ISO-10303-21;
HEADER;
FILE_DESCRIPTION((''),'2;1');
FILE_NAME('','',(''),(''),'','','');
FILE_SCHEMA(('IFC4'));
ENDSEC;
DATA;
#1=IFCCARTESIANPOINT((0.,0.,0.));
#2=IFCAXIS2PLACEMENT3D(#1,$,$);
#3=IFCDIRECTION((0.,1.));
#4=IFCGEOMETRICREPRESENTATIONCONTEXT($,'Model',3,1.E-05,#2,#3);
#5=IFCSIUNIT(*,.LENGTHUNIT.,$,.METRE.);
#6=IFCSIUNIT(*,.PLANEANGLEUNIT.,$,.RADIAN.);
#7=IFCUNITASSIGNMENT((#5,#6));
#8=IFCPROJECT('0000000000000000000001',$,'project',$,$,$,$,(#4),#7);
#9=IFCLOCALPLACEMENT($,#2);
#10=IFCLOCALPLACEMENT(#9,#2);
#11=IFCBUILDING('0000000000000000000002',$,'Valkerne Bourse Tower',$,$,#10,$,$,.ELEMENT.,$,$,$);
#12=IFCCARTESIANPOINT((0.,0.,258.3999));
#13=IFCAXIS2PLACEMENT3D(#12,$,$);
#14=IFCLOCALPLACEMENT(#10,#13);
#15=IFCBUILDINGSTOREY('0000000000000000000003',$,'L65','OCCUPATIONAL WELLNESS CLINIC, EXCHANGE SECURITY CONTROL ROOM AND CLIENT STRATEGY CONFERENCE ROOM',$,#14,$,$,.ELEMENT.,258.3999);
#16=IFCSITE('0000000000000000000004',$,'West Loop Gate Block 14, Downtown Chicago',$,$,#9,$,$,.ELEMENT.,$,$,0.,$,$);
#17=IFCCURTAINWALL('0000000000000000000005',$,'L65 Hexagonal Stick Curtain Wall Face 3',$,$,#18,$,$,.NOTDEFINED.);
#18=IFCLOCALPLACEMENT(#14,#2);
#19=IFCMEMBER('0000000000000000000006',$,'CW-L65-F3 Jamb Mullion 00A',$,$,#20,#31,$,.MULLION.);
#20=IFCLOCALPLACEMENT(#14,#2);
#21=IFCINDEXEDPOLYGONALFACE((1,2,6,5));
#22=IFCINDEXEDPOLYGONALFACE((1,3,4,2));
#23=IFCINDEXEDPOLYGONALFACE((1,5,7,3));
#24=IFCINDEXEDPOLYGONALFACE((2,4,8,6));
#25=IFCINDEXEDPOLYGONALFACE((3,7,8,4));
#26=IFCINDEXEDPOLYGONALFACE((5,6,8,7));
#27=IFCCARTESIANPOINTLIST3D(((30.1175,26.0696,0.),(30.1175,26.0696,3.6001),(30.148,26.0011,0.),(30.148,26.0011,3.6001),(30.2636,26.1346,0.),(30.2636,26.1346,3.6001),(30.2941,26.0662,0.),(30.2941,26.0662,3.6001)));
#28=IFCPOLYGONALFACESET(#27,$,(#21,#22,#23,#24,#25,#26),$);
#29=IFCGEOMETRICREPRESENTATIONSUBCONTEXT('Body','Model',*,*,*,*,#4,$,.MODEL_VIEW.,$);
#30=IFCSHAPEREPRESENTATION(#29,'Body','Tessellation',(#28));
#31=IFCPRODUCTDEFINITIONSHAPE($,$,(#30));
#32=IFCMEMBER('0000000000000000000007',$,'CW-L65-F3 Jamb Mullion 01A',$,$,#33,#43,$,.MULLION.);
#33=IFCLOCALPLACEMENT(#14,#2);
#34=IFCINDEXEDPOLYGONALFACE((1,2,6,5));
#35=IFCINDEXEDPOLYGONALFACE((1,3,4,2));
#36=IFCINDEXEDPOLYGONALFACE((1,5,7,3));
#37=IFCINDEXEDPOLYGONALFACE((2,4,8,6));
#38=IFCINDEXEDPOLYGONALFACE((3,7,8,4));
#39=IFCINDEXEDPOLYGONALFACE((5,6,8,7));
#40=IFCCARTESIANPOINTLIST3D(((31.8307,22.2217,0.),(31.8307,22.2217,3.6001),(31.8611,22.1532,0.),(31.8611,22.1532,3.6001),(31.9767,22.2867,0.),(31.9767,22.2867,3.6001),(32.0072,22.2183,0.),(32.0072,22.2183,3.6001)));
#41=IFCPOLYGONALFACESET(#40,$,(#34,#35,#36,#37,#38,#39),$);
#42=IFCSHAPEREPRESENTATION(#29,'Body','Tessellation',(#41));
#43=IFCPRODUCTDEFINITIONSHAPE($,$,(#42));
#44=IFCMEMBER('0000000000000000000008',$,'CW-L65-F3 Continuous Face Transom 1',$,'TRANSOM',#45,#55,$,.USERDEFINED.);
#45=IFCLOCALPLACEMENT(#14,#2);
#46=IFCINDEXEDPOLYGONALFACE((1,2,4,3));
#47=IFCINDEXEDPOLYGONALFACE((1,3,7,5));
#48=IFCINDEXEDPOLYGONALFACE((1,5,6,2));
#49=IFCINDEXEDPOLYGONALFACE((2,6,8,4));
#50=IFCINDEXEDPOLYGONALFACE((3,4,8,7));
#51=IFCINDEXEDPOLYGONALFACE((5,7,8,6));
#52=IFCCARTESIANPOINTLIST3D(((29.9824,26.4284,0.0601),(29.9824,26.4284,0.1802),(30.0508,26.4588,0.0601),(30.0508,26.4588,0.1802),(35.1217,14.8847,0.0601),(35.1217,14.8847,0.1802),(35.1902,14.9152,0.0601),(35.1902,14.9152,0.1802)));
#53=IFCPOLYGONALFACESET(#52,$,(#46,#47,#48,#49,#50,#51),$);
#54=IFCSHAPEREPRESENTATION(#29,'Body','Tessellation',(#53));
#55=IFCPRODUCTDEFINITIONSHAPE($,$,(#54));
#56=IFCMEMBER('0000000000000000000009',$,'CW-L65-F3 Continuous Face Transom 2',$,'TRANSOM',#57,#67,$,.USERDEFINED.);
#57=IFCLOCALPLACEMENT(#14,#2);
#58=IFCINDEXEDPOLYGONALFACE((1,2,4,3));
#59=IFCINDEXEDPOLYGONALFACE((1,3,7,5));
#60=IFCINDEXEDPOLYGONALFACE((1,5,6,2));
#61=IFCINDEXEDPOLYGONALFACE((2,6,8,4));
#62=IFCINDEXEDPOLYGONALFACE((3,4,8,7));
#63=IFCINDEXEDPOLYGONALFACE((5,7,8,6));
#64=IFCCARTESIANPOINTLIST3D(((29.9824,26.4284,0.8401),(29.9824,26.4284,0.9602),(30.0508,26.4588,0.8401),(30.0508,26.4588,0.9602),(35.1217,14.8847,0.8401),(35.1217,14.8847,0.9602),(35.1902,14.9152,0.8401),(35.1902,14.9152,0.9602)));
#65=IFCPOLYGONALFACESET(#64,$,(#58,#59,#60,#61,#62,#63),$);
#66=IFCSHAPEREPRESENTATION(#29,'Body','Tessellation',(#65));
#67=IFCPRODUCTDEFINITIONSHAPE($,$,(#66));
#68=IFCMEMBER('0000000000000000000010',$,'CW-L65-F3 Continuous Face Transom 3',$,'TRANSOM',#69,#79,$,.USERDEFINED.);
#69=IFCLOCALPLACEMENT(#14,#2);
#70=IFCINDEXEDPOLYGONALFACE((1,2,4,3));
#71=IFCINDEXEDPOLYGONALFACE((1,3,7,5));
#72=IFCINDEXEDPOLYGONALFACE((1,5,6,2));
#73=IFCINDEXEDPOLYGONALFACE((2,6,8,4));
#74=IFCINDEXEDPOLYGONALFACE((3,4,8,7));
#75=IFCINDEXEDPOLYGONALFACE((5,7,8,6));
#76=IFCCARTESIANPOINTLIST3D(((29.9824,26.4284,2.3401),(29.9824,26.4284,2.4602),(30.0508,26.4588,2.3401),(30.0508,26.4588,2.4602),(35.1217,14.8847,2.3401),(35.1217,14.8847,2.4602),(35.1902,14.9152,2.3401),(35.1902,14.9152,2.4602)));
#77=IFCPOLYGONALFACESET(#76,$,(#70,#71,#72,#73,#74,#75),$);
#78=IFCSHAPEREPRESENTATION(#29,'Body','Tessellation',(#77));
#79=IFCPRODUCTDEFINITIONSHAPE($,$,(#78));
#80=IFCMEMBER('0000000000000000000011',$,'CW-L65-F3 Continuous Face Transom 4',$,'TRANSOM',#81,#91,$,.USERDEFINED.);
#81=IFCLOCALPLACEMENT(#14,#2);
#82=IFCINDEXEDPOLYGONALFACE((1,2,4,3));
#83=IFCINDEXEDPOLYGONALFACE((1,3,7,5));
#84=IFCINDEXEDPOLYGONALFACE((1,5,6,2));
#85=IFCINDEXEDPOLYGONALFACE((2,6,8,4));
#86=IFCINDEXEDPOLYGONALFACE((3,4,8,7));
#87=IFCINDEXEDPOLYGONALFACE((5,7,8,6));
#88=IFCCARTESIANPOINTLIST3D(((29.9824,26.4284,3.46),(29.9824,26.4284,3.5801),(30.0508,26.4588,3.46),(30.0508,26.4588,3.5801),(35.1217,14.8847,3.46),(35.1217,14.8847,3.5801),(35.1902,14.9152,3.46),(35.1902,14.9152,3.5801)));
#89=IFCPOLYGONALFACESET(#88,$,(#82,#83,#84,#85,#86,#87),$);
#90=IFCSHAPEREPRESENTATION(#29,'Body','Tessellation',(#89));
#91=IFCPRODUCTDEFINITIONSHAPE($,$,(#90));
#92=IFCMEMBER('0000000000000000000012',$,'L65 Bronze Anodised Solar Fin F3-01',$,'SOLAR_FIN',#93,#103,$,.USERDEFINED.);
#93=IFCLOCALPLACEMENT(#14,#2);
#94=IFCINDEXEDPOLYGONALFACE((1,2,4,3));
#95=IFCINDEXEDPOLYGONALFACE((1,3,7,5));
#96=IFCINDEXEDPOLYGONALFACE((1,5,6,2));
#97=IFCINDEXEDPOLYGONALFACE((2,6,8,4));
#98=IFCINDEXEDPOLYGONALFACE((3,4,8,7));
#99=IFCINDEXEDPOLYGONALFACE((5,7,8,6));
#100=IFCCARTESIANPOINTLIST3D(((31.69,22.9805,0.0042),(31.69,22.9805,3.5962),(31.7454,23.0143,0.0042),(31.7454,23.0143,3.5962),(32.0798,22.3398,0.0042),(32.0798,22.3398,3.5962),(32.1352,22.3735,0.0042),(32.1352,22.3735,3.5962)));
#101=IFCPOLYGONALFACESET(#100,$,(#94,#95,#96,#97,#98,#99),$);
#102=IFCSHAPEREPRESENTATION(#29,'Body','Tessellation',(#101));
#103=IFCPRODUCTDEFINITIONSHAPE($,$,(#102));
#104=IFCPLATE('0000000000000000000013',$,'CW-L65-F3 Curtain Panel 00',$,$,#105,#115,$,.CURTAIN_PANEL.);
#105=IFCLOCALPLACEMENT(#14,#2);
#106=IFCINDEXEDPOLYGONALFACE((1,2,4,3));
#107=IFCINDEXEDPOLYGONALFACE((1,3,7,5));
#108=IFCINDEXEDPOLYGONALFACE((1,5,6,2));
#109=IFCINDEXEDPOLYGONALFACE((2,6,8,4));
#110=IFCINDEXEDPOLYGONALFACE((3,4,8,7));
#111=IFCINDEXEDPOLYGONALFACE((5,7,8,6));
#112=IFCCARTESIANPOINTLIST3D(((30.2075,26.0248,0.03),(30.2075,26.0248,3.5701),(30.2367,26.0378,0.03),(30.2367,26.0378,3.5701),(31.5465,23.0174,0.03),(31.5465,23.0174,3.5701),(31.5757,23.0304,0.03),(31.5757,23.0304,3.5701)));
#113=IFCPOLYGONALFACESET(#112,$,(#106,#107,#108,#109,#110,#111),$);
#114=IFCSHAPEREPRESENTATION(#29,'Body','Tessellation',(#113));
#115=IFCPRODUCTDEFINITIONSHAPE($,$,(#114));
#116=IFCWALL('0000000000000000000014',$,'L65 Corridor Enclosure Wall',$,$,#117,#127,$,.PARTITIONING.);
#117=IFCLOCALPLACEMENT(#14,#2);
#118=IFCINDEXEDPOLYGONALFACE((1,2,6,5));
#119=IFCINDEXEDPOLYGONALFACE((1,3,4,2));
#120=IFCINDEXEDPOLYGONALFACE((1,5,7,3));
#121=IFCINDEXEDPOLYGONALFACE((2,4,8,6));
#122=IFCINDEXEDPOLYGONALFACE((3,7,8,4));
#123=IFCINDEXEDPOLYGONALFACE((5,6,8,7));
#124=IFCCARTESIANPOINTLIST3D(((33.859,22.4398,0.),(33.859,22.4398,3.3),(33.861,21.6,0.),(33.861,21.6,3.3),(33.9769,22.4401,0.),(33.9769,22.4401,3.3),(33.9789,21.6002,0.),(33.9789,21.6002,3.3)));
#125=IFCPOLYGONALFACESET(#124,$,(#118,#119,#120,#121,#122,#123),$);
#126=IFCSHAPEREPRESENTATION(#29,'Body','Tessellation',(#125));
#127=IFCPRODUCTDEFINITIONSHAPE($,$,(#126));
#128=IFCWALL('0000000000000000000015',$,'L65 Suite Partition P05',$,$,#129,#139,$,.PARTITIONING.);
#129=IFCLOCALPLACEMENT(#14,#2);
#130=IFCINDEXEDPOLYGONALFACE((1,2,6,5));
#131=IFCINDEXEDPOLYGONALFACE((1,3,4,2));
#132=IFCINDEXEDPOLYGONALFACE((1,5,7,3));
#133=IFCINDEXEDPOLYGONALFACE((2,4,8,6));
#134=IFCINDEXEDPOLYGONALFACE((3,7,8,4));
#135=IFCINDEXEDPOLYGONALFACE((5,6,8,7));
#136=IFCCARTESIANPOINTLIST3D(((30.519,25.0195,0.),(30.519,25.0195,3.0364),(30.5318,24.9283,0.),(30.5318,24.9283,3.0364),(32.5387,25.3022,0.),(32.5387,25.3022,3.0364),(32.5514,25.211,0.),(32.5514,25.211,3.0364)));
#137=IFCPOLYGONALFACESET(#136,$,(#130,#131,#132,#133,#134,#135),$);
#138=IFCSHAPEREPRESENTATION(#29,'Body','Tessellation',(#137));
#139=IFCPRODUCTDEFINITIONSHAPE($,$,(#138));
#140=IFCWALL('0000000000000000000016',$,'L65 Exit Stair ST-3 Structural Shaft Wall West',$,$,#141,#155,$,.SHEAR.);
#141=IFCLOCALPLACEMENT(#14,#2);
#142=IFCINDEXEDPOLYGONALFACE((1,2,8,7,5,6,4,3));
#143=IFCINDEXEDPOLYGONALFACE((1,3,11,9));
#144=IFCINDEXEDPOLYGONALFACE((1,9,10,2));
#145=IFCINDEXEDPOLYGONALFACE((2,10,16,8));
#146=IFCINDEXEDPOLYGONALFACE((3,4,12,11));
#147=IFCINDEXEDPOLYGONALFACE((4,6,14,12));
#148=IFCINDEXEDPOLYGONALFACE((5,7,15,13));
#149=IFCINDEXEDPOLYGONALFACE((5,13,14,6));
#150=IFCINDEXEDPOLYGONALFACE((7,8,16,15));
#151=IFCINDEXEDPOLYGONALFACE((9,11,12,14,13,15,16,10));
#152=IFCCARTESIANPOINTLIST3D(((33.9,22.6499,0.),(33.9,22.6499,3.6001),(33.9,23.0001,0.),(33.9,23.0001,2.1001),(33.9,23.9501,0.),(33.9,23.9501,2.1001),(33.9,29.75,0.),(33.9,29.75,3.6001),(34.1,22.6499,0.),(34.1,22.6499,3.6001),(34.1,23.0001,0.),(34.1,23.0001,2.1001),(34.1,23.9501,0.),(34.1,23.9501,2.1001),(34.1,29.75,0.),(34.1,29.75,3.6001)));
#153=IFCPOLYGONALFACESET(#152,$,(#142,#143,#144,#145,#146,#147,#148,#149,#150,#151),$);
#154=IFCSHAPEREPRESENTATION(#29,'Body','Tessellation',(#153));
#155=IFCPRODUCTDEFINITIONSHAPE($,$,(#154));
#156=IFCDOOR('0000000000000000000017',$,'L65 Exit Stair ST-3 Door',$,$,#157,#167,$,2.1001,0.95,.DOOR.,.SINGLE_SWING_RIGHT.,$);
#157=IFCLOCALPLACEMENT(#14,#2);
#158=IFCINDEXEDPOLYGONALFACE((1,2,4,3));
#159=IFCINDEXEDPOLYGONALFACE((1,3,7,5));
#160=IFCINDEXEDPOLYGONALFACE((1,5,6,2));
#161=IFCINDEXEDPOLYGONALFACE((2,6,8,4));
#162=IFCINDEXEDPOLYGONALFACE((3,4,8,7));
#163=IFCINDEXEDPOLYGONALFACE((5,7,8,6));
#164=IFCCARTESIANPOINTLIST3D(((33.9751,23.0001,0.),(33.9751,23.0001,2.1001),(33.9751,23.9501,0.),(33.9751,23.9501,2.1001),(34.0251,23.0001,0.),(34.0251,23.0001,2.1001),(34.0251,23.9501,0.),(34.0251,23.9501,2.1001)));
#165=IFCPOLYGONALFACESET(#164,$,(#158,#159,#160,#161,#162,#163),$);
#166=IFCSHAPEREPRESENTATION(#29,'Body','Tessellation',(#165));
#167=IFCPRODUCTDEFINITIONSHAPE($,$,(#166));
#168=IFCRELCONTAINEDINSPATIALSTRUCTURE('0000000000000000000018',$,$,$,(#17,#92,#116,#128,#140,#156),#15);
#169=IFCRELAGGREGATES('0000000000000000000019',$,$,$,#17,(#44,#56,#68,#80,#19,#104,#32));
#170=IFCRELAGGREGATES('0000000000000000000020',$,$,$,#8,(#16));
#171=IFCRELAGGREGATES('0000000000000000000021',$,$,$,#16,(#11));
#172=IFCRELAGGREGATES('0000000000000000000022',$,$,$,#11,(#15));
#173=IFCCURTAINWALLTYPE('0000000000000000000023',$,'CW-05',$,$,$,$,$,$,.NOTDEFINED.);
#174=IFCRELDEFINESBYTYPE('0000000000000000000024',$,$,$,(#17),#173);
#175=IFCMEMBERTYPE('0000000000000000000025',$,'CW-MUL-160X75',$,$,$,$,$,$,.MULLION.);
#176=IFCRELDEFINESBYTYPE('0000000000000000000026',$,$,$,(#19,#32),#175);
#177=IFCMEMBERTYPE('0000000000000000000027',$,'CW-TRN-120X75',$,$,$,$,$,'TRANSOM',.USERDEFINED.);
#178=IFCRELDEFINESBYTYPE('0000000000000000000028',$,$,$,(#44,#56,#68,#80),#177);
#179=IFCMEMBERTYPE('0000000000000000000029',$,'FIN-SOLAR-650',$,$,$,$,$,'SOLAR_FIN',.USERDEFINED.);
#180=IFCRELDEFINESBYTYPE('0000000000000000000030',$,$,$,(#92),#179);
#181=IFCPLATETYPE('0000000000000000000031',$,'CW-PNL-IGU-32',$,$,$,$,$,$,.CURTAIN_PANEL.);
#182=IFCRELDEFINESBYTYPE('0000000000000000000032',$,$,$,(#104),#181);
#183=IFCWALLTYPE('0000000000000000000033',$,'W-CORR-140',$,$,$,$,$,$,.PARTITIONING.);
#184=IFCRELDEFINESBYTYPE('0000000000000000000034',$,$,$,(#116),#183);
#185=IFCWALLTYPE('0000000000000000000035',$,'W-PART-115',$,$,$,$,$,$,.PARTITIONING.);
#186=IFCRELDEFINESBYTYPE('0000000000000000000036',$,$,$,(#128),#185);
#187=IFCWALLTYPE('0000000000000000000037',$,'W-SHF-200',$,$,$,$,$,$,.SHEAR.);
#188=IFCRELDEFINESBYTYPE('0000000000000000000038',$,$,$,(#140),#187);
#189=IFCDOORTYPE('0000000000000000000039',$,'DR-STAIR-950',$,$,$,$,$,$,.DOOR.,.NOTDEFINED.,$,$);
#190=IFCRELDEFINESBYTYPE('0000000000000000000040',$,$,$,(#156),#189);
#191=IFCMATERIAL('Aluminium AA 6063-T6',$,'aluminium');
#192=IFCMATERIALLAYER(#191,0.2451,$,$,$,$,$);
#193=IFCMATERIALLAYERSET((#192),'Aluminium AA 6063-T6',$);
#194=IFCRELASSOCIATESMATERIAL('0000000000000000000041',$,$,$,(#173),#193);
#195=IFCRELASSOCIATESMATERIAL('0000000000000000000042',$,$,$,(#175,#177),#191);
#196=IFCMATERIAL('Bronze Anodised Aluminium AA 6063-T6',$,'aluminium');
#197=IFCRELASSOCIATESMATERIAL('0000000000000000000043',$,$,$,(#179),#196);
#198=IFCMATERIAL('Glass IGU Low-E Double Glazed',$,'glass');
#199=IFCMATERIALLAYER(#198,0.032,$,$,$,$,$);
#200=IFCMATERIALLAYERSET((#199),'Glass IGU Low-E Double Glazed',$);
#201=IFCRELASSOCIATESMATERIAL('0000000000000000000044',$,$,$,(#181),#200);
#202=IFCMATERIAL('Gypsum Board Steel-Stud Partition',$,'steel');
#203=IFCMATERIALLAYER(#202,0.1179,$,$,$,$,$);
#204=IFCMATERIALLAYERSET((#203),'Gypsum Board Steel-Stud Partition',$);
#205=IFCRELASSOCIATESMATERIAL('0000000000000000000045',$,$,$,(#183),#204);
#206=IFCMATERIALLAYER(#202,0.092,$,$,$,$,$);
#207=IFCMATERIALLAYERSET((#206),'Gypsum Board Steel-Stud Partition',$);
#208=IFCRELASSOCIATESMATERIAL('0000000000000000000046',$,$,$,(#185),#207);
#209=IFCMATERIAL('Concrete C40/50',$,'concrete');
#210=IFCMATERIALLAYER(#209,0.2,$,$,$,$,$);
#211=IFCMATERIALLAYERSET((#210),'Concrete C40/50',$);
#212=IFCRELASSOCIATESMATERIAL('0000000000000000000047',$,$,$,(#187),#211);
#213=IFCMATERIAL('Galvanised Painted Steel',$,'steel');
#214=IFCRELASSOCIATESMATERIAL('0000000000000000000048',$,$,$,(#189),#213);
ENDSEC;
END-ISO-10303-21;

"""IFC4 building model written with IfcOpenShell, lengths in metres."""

from ifc_helpers import new_model, si_unit, direction, frame, frame_2d, origin, origin_2d, place, context, subcontext, project, spatial, rectangle, extrude, material, layer, layer_set, material_profile, profile_set, type_object, element, fill, aggregate, save


model = new_model("IFC4")

# Units and contexts
model_context = context("Model", 3, precision=1e-05, world=origin(), true_north=direction((0.0, 1.0)))
body_context = subcontext(model_context, "Body", "Model", "MODEL_VIEW")
ifc_project = project(units=[si_unit("LENGTHUNIT", "METRE"), si_unit("PLANEANGLEUNIT", "RADIAN")], contexts=[model_context])

# Site, building, storey
site_placement = place(None, origin())
site = spatial("IfcSite", under=ifc_project, at=site_placement, Name="West Loop Gate Block 14, Downtown Chicago", CompositionType="ELEMENT", RefElevation=0.0)
building_placement = place(site_placement, origin())
building = spatial("IfcBuilding", under=site, at=building_placement, Name="Valkerne Bourse Tower", CompositionType="ELEMENT")
storey_placement = place(building_placement, frame((0.0, 0.0, 258.3999)))
storey = spatial("IfcBuildingStorey", under=building, at=storey_placement, Name="L65", Description="OCCUPATIONAL WELLNESS CLINIC, EXCHANGE SECURITY CONTROL ROOM AND CLIENT STRATEGY CONFERENCE ROOM", CompositionType="ELEMENT", Elevation=258.3999)

# Curtain wall, members
ifc_material_1 = material(Name="Aluminium AA 6063-T6", Category="aluminium")
ifc_layer_1 = layer(ifc_material_1, 0.2451)
ifc_layer_set_1 = layer_set([ifc_layer_1], Name="Aluminium AA 6063-T6")
curtain_wall_type = type_object("IfcCurtainWallType", Name="CW-05", PredefinedType="NOTDEFINED", material=ifc_layer_set_1)
curtain_wall_placement = place(storey_placement, origin())
curtain_wall = element("IfcCurtainWall", 1, at=curtain_wall_placement, inside=storey, type_object=curtain_wall_type, Name="L65 Hexagonal Stick Curtain Wall Face 3", PredefinedType="NOTDEFINED")
ifc_material_profile_1 = material_profile(ifc_material_1, rectangle(XDim=0.075, YDim=0.1599, at=origin_2d()), Name="CWM-75X160")
ifc_profile_set_1 = profile_set([ifc_material_profile_1], Name="Aluminium AA 6063-T6")
member_type_1 = type_object("IfcMemberType", Name="CW-MUL-160X75", PredefinedType="MULLION", material=ifc_profile_set_1)
member_1_placement = place(storey_placement, frame((30.2058, 26.0679, 0.0), z_axis=(0.0, 0.0, 1.0), x_axis=(0.406738, -0.913545, 0.0)))
member_1 = element("IfcMember", 2, at=member_1_placement, type_object=member_type_1, Name="CW-L65-F3 Jamb Mullion 00A", PredefinedType="MULLION", context=body_context, shape_type="SweptSolid", body=[
    extrude(rectangle(XDim=0.075, YDim=0.1599, at=origin_2d()), origin(), (0.0, 0.0, 1.0), 3.6001),
])
member_2_placement = place(storey_placement, frame((31.9189, 22.22, 0.0), z_axis=(0.0, 0.0, 1.0), x_axis=(0.406727, -0.91355, 0.0)))
member_2 = element("IfcMember", 3, at=member_2_placement, type_object=member_type_1, Name="CW-L65-F3 Jamb Mullion 01A", PredefinedType="MULLION", context=body_context, shape_type="SweptSolid", body=[
    extrude(rectangle(XDim=0.075, YDim=0.1599, at=origin_2d()), origin(), (0.0, 0.0, 1.0), 3.6001),
])
ifc_material_profile_2 = material_profile(ifc_material_1, rectangle(XDim=0.075, YDim=0.1201, at=origin_2d()), Name="CWT-75X120")
ifc_profile_set_2 = profile_set([ifc_material_profile_2], Name="Aluminium AA 6063-T6")
member_type_2 = type_object("IfcMemberType", Name="CW-TRN-120X75", ElementType="TRANSOM", PredefinedType="USERDEFINED", material=ifc_profile_set_2)
member_3_placement = place(storey_placement, frame((30.0166, 26.4436, 0.1201), z_axis=(0.406725, -0.913551, 0.0), x_axis=(0.913551, 0.406725, 0.0)))
member_3 = element("IfcMember", 4, at=member_3_placement, type_object=member_type_2, Name="CW-L65-F3 Continuous Face Transom 1", ObjectType="TRANSOM", PredefinedType="USERDEFINED", context=body_context, shape_type="SweptSolid", body=[
    extrude(rectangle(XDim=0.075, YDim=0.1201, at=origin_2d()), origin(), (0.0, 0.0, 1.0), 12.636),
])
member_4_placement = place(storey_placement, frame((30.0166, 26.4436, 0.9001), z_axis=(0.406725, -0.913551, 0.0), x_axis=(0.913551, 0.406725, 0.0)))
member_4 = element("IfcMember", 5, at=member_4_placement, type_object=member_type_2, Name="CW-L65-F3 Continuous Face Transom 2", ObjectType="TRANSOM", PredefinedType="USERDEFINED", context=body_context, shape_type="SweptSolid", body=[
    extrude(rectangle(XDim=0.075, YDim=0.1201, at=origin_2d()), origin(), (0.0, 0.0, 1.0), 12.636),
])
member_5_placement = place(storey_placement, frame((30.0166, 26.4436, 2.4001), z_axis=(0.406725, -0.913551, 0.0), x_axis=(0.913551, 0.406725, 0.0)))
member_5 = element("IfcMember", 6, at=member_5_placement, type_object=member_type_2, Name="CW-L65-F3 Continuous Face Transom 3", ObjectType="TRANSOM", PredefinedType="USERDEFINED", context=body_context, shape_type="SweptSolid", body=[
    extrude(rectangle(XDim=0.075, YDim=0.1201, at=origin_2d()), origin(), (0.0, 0.0, 1.0), 12.636),
])
member_6_placement = place(storey_placement, frame((30.0166, 26.4436, 3.52), z_axis=(0.406725, -0.913551, 0.0), x_axis=(0.913551, 0.406725, 0.0)))
member_6 = element("IfcMember", 7, at=member_6_placement, type_object=member_type_2, Name="CW-L65-F3 Continuous Face Transom 4", ObjectType="TRANSOM", PredefinedType="USERDEFINED", context=body_context, shape_type="SweptSolid", body=[
    extrude(rectangle(XDim=0.075, YDim=0.1201, at=origin_2d()), origin(), (0.0, 0.0, 1.0), 12.636),
])

# Member
ifc_material_2 = material(Name="Bronze Anodised Aluminium AA 6063-T6", Category="aluminium")
ifc_material_profile_3 = material_profile(ifc_material_2, rectangle(XDim=0.0649, YDim=0.75, at=origin_2d()), Name="FIN-65X750")
ifc_profile_set_3 = profile_set([ifc_material_profile_3], Name="Bronze Anodised Aluminium AA 6063-T6")
member_type_3 = type_object("IfcMemberType", Name="FIN-SOLAR-650", ElementType="SOLAR_FIN", PredefinedType="USERDEFINED", material=ifc_profile_set_3)
member_7_placement = place(storey_placement, frame((31.9126, 22.677, 0.0042), z_axis=(0.0, 0.0, 1.0), x_axis=(-0.85433, -0.519731, 0.0)))
element("IfcMember", 8, at=member_7_placement, inside=storey, type_object=member_type_3, Name="L65 Bronze Anodised Solar Fin F3-01", ObjectType="SOLAR_FIN", PredefinedType="USERDEFINED", context=body_context, shape_type="SweptSolid", body=[
    extrude(rectangle(XDim=0.0649, YDim=0.75, at=origin_2d()), origin(), (0.0, 0.0, 1.0), 3.592),
])

# Plate
ifc_material_3 = material(Name="Glass IGU Low-E Double Glazed", Category="glass")
ifc_layer_2 = layer(ifc_material_3, 0.032)
ifc_layer_set_2 = layer_set([ifc_layer_2], Name="Glass IGU Low-E Double Glazed")
plate_type = type_object("IfcPlateType", Name="CW-PNL-IGU-32", PredefinedType="CURTAIN_PANEL", material=ifc_layer_set_2)
plate_placement = place(storey_placement, frame((30.8916, 24.5276, 0.03), z_axis=(0.0, 0.0, 1.0), x_axis=(0.406738, -0.913545, 0.0)))
plate = element("IfcPlate", 9, at=plate_placement, type_object=plate_type, Name="CW-L65-F3 Curtain Panel 00", PredefinedType="CURTAIN_PANEL", context=body_context, shape_type="SweptSolid", body=[
    extrude(rectangle(XDim=3.292, YDim=0.032, at=origin_2d()), origin(), (0.0, 0.0, 1.0), 3.54),
])
aggregate(curtain_wall, [member_3, member_4, member_5, member_6, member_1, plate, member_2])

# Walls
ifc_material_4 = material(Name="Gypsum Board Steel-Stud Partition", Category="steel")
ifc_layer_3 = layer(ifc_material_4, 0.1179)
ifc_layer_set_3 = layer_set([ifc_layer_3], Name="Gypsum Board Steel-Stud Partition")
wall_type_1 = type_object("IfcWallType", Name="W-CORR-140", PredefinedType="PARTITIONING", material=ifc_layer_set_3)
wall_1_placement = place(storey_placement, frame((33.918, 22.4399, 0.0), z_axis=(0.0, 0.0, 1.0), x_axis=(0.002326, -0.999997, 0.0)))
element("IfcWall", 10, at=wall_1_placement, inside=storey, type_object=wall_type_1, Name="L65 Corridor Enclosure Wall", PredefinedType="PARTITIONING", context=body_context, shape_type="SweptSolid", body=[
    extrude(rectangle(XDim=0.8398, YDim=0.1179, at=frame_2d((0.4199, 0.0))), origin(), (0.0, 0.0, 1.0), 3.3),
])
ifc_layer_4 = layer(ifc_material_4, 0.092)
ifc_layer_set_4 = layer_set([ifc_layer_4], Name="Gypsum Board Steel-Stud Partition")
wall_type_2 = type_object("IfcWallType", Name="W-PART-115", PredefinedType="PARTITIONING", material=ifc_layer_set_4)
wall_2_placement = place(storey_placement, frame((32.5449, 25.2566, 0.0), z_axis=(0.0, 0.0, 1.0), x_axis=(-0.990343, -0.138638, 0.0)))
element("IfcWall", 11, at=wall_2_placement, inside=storey, type_object=wall_type_2, Name="L65 Suite Partition P05", PredefinedType="PARTITIONING", context=body_context, shape_type="SweptSolid", body=[
    extrude(rectangle(XDim=2.0393, YDim=0.092, at=frame_2d((1.0195, 0.0))), origin(), (0.0, 0.0, 1.0), 3.0364),
])

# Wall, opening, door
ifc_material_5 = material(Name="Concrete C40/50", Category="concrete")
ifc_layer_5 = layer(ifc_material_5, 0.2)
ifc_layer_set_5 = layer_set([ifc_layer_5], Name="Concrete C40/50")
wall_type_3 = type_object("IfcWallType", Name="W-SHF-200", PredefinedType="SHEAR", material=ifc_layer_set_5)
wall_3_placement = place(storey_placement, frame((34.0, 22.6499, 0.0), z_axis=(0.0, 0.0, 1.0), x_axis=(0.0, 1.0, 0.0)))
wall_3 = element("IfcWall", 12, at=wall_3_placement, inside=storey, type_object=wall_type_3, Name="L65 Exit Stair ST-3 Structural Shaft Wall West", PredefinedType="SHEAR", context=body_context, shape_type="SweptSolid", body=[
    extrude(rectangle(XDim=7.1001, YDim=0.2, at=frame_2d((3.55, 0.0))), origin(), (0.0, 0.0, 1.0), 3.6001),
])
opening_placement = place(wall_3_placement, frame((0.3501, 0.0, 0.0)))
opening = element("IfcOpeningElement", 13, at=opening_placement, cuts=wall_3, PredefinedType="OPENING", context=body_context, shape_type="SweptSolid", body=[
    extrude(rectangle(XDim=0.95, YDim=2.1001, at=frame_2d((0.4751, 1.05))), frame((0.0, 0.1099, 0.0), z_axis=(0.0, -1.0, 0.0), x_axis=(1.0, 0.0, 0.0)), (0.0, 0.0, 1.0), 0.22),
])
ifc_material_6 = material(Name="Galvanised Painted Steel", Category="steel")
door_type = type_object("IfcDoorType", Name="DR-STAIR-950", OperationType="NOTDEFINED", PredefinedType="DOOR", material=ifc_material_6)
door_placement = place(opening_placement, origin())
door = element("IfcDoor", 14, at=door_placement, inside=storey, type_object=door_type, Name="L65 Exit Stair ST-3 Door", OperationType="SINGLE_SWING_RIGHT", OverallHeight=2.1001, OverallWidth=0.95, PredefinedType="DOOR", context=body_context, shape_type="SweptSolid", body=[
    extrude(rectangle(XDim=0.95, YDim=2.1001, at=frame_2d((0.4751, 1.05))), frame((0.0, 0.0249, 0.0), z_axis=(0.0, -1.0, 0.0), x_axis=(1.0, 0.0, 0.0)), (0.0, 0.0, 1.0), 0.05),
])
fill(opening, door)

save(model, "model.ifc")
